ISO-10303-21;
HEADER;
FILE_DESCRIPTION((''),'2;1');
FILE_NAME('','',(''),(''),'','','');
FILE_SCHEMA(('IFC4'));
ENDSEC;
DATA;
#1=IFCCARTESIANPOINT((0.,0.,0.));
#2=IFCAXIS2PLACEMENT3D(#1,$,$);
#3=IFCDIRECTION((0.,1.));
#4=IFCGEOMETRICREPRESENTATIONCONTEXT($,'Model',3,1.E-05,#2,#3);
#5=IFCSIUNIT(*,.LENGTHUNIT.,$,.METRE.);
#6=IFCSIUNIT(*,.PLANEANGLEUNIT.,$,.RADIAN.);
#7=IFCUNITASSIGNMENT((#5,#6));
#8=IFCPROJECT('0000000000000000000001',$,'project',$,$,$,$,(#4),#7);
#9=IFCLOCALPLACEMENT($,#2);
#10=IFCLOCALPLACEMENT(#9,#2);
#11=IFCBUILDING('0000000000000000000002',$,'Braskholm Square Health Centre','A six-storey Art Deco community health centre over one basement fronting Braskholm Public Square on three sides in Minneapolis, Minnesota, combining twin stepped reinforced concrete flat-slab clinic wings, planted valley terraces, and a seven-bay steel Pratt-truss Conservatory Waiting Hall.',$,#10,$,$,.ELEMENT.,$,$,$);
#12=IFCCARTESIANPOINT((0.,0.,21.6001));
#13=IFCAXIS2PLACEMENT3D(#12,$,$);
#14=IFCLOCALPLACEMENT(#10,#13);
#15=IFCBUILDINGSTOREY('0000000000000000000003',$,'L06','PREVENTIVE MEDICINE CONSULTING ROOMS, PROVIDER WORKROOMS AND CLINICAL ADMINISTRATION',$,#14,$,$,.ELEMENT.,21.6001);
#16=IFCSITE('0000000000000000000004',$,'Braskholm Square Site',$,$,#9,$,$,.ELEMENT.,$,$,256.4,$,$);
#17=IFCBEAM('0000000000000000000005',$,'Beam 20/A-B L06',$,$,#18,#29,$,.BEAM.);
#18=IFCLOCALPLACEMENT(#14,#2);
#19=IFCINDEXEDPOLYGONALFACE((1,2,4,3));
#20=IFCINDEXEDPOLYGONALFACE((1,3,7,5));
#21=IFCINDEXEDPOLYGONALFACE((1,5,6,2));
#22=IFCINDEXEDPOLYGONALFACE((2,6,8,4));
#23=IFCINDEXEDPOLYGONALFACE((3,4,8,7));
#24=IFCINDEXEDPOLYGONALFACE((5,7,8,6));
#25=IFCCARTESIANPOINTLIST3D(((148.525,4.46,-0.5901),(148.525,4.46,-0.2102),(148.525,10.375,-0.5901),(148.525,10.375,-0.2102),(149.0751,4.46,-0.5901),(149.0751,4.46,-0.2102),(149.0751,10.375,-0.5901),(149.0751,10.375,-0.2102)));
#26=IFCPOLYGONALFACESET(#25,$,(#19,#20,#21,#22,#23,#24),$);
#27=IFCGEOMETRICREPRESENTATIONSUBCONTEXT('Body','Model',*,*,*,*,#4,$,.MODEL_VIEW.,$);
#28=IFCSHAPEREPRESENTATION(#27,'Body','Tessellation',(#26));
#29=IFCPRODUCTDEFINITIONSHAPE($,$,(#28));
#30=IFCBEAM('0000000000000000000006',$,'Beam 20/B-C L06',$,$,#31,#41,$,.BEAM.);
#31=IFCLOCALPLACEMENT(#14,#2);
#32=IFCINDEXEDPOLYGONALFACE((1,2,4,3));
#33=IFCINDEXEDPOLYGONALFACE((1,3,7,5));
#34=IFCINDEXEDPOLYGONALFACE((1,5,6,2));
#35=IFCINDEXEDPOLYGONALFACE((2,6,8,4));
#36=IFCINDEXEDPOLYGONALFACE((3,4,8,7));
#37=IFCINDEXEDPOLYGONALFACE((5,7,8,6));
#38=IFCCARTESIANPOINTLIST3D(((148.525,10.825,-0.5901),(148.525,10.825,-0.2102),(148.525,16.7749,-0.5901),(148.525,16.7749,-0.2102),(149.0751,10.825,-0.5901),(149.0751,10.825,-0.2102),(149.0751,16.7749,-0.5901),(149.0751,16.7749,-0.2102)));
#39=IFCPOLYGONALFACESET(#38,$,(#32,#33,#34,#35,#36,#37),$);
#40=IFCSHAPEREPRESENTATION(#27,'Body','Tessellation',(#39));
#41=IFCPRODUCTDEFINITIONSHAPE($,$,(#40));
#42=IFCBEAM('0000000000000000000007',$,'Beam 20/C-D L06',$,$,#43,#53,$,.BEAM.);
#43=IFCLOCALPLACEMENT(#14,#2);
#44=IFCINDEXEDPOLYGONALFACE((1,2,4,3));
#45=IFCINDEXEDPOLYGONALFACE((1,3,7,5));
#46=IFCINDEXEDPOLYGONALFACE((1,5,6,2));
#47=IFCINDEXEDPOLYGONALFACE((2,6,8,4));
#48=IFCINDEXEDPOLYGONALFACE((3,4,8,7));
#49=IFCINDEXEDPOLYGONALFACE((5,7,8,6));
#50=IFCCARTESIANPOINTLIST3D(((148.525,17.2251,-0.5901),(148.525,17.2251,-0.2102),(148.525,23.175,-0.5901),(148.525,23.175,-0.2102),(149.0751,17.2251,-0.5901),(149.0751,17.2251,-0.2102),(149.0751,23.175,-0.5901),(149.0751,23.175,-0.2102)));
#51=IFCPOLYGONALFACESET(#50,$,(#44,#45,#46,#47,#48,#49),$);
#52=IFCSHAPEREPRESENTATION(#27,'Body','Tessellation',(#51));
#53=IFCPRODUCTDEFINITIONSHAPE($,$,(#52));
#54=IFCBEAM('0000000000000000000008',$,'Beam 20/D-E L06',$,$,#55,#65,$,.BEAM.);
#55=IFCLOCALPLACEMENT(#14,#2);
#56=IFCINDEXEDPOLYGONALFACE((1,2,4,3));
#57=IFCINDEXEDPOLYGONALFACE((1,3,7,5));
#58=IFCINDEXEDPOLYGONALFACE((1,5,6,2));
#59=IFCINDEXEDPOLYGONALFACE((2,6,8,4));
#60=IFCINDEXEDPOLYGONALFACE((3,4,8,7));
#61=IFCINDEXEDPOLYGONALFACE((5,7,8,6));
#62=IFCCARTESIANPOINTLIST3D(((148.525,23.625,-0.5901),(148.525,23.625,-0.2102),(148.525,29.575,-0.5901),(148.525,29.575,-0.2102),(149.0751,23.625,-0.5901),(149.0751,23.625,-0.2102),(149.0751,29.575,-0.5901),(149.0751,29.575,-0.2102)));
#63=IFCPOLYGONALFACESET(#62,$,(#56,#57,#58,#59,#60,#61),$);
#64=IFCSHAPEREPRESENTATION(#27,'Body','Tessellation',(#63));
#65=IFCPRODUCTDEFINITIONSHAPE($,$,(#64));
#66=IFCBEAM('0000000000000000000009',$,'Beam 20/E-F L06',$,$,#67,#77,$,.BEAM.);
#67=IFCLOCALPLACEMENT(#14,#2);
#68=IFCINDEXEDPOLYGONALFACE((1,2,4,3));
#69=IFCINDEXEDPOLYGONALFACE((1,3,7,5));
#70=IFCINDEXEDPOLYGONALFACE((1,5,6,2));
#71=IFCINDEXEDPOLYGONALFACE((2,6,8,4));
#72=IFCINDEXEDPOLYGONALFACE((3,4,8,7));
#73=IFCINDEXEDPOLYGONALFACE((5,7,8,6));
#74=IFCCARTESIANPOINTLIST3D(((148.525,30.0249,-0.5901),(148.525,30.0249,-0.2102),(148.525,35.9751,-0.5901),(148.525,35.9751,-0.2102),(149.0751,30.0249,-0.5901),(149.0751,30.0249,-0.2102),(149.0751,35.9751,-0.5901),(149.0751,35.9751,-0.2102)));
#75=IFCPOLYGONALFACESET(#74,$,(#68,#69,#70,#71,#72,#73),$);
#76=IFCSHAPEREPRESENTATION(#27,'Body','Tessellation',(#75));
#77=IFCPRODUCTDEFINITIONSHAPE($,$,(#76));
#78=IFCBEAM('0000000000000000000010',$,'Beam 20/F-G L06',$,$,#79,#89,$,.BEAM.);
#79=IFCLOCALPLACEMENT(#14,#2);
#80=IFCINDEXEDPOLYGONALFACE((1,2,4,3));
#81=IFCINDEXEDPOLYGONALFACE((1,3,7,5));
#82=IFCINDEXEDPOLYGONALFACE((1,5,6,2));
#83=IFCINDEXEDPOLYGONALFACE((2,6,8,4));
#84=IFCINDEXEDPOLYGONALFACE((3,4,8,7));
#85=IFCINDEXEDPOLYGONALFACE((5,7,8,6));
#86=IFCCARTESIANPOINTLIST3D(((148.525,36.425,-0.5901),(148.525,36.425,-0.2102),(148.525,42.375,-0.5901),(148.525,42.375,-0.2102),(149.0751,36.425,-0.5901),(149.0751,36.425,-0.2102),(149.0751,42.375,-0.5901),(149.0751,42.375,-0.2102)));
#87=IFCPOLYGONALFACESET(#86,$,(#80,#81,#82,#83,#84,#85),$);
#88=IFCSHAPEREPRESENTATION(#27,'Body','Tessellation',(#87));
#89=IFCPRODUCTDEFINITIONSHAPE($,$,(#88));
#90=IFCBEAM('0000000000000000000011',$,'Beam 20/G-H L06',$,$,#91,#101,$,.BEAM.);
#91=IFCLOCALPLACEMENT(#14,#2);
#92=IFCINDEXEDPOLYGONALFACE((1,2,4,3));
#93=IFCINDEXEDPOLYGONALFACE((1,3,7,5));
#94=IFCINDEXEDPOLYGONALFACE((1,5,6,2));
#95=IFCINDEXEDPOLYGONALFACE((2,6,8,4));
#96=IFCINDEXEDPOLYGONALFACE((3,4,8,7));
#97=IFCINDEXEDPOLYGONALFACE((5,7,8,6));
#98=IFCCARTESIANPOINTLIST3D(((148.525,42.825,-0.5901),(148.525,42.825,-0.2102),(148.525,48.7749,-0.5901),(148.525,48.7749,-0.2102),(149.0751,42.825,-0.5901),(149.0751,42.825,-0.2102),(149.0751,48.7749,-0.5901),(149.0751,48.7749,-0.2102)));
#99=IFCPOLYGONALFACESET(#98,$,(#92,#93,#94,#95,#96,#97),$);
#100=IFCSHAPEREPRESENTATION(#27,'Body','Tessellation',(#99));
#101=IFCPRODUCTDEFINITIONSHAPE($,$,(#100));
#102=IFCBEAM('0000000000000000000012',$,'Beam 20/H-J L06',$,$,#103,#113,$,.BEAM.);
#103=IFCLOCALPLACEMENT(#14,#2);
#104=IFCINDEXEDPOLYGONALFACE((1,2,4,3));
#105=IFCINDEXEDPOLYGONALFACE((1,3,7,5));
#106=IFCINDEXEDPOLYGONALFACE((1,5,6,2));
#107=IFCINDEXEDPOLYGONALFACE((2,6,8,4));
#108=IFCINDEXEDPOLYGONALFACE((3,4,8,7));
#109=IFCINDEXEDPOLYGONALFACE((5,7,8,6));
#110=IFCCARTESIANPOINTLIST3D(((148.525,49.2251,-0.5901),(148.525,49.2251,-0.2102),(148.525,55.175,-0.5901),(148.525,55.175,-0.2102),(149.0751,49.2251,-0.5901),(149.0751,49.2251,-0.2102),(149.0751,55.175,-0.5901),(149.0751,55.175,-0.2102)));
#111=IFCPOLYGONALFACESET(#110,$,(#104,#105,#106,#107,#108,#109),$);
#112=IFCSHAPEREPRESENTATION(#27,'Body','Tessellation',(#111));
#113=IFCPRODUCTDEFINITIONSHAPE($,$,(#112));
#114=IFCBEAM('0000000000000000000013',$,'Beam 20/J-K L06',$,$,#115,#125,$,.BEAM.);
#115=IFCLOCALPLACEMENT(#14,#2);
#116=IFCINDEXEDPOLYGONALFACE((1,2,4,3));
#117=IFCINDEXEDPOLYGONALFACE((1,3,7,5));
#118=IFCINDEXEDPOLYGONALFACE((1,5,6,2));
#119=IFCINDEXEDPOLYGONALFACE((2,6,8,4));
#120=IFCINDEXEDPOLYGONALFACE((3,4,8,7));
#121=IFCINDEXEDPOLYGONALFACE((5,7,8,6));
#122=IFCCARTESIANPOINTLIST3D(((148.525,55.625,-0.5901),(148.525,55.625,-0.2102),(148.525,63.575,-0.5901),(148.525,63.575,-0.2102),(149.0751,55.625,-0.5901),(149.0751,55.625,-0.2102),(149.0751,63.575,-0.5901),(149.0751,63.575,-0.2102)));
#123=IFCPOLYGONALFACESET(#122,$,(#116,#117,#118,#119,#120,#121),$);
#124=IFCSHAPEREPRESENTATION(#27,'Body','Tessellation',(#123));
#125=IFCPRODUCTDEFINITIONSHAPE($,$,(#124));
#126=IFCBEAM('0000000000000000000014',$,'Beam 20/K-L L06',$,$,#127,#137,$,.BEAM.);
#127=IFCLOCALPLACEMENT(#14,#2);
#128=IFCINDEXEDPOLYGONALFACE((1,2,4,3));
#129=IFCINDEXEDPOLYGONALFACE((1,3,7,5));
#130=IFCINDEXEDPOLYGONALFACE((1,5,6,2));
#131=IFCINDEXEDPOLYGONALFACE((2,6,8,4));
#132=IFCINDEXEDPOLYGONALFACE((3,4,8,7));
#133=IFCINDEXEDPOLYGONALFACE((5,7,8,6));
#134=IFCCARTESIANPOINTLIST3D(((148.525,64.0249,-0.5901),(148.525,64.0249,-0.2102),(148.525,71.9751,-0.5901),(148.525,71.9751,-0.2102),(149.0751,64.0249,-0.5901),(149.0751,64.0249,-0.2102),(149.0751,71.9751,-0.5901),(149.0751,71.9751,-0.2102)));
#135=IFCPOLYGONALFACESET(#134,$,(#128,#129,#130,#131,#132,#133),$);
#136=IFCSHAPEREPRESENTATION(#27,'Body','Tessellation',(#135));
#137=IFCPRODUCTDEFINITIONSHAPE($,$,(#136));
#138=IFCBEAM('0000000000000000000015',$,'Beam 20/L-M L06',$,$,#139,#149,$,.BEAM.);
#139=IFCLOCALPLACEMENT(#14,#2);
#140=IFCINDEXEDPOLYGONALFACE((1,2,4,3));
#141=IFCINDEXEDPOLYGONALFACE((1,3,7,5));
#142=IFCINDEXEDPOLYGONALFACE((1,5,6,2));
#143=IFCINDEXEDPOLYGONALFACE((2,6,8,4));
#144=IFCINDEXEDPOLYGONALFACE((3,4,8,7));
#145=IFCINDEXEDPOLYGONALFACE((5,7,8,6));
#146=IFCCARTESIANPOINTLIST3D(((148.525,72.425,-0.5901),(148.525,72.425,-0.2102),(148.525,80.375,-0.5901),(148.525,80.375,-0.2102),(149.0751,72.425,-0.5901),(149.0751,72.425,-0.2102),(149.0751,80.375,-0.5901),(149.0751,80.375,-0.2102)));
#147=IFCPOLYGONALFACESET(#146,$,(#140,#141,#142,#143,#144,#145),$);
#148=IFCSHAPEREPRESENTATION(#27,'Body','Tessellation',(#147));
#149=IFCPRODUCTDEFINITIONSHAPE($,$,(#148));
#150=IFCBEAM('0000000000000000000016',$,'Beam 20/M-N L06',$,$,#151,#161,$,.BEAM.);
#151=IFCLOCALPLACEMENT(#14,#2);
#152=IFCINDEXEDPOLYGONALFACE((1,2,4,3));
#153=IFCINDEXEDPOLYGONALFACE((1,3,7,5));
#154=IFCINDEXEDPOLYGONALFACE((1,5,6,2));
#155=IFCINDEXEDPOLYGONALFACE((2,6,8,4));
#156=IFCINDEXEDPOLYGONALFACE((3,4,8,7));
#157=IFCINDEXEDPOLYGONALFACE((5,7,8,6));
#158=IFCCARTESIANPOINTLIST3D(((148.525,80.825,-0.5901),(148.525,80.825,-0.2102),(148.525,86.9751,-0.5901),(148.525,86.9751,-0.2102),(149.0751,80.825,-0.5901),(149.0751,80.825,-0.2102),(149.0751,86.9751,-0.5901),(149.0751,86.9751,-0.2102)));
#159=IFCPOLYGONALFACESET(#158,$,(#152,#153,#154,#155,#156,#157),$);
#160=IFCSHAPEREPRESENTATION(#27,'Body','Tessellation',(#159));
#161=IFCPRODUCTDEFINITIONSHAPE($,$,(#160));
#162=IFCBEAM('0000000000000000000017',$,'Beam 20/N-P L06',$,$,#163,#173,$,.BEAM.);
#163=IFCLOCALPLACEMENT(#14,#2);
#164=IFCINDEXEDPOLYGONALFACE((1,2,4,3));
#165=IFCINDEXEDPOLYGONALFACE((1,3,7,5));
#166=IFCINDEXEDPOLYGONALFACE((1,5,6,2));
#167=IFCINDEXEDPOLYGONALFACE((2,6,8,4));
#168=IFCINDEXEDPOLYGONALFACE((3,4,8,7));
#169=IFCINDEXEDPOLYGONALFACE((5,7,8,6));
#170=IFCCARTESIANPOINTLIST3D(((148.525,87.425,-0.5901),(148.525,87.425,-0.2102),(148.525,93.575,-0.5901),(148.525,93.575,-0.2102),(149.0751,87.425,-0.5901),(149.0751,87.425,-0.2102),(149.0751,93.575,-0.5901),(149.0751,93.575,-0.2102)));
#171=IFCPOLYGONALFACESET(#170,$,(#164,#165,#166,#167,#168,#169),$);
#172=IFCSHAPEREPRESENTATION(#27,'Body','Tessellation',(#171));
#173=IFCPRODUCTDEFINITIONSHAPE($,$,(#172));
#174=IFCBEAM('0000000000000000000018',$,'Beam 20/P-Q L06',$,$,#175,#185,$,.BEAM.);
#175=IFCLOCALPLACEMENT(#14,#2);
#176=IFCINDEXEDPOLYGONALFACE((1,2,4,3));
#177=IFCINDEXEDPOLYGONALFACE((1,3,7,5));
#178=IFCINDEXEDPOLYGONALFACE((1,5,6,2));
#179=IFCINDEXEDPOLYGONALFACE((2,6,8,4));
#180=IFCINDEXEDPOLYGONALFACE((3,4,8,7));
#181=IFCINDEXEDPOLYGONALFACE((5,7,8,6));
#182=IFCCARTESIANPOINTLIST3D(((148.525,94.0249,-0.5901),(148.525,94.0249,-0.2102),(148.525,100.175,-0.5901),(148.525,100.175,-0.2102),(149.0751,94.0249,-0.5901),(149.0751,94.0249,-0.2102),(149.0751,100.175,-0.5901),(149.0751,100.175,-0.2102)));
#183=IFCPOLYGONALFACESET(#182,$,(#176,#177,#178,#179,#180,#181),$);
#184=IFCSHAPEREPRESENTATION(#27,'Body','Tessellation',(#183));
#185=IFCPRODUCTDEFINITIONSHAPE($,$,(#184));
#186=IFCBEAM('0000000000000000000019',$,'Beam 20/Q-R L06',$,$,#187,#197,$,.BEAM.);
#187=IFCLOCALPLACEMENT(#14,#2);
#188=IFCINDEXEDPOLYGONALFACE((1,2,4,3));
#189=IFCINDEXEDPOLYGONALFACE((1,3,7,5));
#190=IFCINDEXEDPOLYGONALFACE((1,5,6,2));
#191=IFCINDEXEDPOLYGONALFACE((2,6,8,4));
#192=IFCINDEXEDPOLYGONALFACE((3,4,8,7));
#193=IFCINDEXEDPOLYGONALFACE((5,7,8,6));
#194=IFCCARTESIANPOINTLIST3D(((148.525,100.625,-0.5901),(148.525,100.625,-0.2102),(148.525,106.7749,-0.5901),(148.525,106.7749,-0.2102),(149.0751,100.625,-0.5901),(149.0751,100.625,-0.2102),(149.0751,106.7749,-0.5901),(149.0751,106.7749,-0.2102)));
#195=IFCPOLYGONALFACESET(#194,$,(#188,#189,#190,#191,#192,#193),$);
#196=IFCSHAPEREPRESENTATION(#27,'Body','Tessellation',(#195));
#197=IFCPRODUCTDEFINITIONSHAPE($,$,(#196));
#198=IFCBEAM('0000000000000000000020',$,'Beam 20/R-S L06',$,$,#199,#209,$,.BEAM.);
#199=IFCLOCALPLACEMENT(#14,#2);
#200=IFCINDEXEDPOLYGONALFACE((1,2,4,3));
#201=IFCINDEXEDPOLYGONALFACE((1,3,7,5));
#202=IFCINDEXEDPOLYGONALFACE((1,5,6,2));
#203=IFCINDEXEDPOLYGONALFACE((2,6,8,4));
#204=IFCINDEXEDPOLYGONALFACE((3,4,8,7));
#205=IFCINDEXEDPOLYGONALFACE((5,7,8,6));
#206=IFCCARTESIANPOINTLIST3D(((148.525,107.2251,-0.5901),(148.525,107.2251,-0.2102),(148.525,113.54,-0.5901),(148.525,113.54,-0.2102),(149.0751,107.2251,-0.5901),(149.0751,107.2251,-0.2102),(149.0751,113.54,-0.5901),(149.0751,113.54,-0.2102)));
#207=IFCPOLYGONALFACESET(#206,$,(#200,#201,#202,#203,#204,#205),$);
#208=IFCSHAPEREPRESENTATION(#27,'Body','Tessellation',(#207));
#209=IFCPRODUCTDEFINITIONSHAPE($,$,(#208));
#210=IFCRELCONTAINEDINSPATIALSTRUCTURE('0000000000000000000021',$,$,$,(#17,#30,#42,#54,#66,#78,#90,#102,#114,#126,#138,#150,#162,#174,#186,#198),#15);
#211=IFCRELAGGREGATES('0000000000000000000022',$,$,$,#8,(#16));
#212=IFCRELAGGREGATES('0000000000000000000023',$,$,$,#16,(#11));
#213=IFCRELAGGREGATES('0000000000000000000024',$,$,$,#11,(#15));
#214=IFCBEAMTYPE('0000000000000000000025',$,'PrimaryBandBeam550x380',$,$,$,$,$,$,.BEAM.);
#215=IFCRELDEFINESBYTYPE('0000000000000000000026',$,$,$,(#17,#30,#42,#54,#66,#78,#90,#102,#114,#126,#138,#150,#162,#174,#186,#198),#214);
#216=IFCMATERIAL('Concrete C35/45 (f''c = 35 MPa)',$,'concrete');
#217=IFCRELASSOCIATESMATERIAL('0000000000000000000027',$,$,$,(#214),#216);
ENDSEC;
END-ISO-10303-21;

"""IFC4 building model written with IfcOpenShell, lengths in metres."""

from ifc_helpers import new_model, si_unit, direction, frame, origin, origin_2d, place, context, subcontext, project, spatial, rectangle, extrude, material, material_profile, profile_set, type_object, element, save


model = new_model("IFC4")

# Units and contexts
model_context = context("Model", 3, precision=1e-05, world=origin(), true_north=direction((0.0, 1.0)))
body_context = subcontext(model_context, "Body", "Model", "MODEL_VIEW")
ifc_project = project(units=[si_unit("LENGTHUNIT", "METRE"), si_unit("PLANEANGLEUNIT", "RADIAN")], contexts=[model_context])

# Site, building, storey
site_placement = place(None, origin())
site = spatial("IfcSite", under=ifc_project, at=site_placement, Name="Braskholm Square Site", CompositionType="ELEMENT", RefElevation=256.4)
building_placement = place(site_placement, origin())
building = spatial("IfcBuilding", under=site, at=building_placement, Name="Braskholm Square Health Centre", Description="A six-storey Art Deco community health centre over one basement fronting Braskholm Public Square on three sides in Minneapolis, Minnesota, combining twin stepped reinforced concrete flat-slab clinic wings, planted valley terraces, and a seven-bay steel Pratt-truss Conservatory Waiting Hall.", CompositionType="ELEMENT")
storey_placement = place(building_placement, frame((0.0, 0.0, 21.6001)))
storey = spatial("IfcBuildingStorey", under=building, at=storey_placement, Name="L06", Description="PREVENTIVE MEDICINE CONSULTING ROOMS, PROVIDER WORKROOMS AND CLINICAL ADMINISTRATION", CompositionType="ELEMENT", Elevation=21.6001)

# Beams
ifc_material_1 = material(Name="Concrete C35/45 (f'c = 35 MPa)", Category="concrete")
ifc_material_profile_1 = material_profile(ifc_material_1, rectangle(XDim=0.55, YDim=0.3799, at=origin_2d()), Name="RCB-550X380")
ifc_profile_set_1 = profile_set([ifc_material_profile_1], Name="Concrete C35/45 (f'c = 35 MPa)")
beam_type_1 = type_object("IfcBeamType", Name="PrimaryBandBeam550x380", PredefinedType="BEAM", material=ifc_profile_set_1)
beam_1_placement = place(storey_placement, frame((148.8, 4.46, -0.4001), z_axis=(0.0, 1.0, 0.0), x_axis=(-1.0, 0.0, 0.0)))
element("IfcBeam", 1, at=beam_1_placement, inside=storey, type_object=beam_type_1, Name="Beam 20/A-B L06", PredefinedType="BEAM", context=body_context, shape_type="SweptSolid", body=[
    extrude(rectangle(XDim=0.55, YDim=0.3799, at=origin_2d()), origin(), (0.0, 0.0, 1.0), 5.915),
])
for number, where, z_axis, x_axis, name in (
    (2, (148.8, 10.825, -0.4001), (0.0, 1.0, 0.0), (-1.0, 0.0, 0.0), "Beam 20/B-C L06"),
    (3, (148.8, 17.2251, -0.4001), (0.0, 1.0, 0.0), (-1.0, 0.0, 0.0), "Beam 20/C-D L06"),
    (4, (148.8, 23.625, -0.4001), (0.0, 1.0, 0.0), (-1.0, 0.0, 0.0), "Beam 20/D-E L06"),
):
    element("IfcBeam", number, at=place(storey_placement, frame(where, z_axis=z_axis, x_axis=x_axis)), inside=storey, type_object=beam_type_1, Name=name, PredefinedType="BEAM", context=body_context, shape_type="SweptSolid", body=[
        extrude(rectangle(XDim=0.55, YDim=0.3799, at=origin_2d()), origin(), (0.0, 0.0, 1.0), 5.95),
    ])
beam_2_placement = place(storey_placement, frame((148.8, 30.0249, -0.4001), z_axis=(0.0, 1.0, 0.0), x_axis=(-1.0, 0.0, 0.0)))
element("IfcBeam", 5, at=beam_2_placement, inside=storey, type_object=beam_type_1, Name="Beam 20/E-F L06", PredefinedType="BEAM", context=body_context, shape_type="SweptSolid", body=[
    extrude(rectangle(XDim=0.55, YDim=0.3799, at=origin_2d()), origin(), (0.0, 0.0, 1.0), 5.9502),
])
for number, where, z_axis, x_axis, name in (
    (6, (148.8, 36.425, -0.4001), (0.0, 1.0, 0.0), (-1.0, 0.0, 0.0), "Beam 20/F-G L06"),
    (7, (148.8, 42.825, -0.4001), (0.0, 1.0, 0.0), (-1.0, 0.0, 0.0), "Beam 20/G-H L06"),
    (8, (148.8, 49.2251, -0.4001), (0.0, 1.0, 0.0), (-1.0, 0.0, 0.0), "Beam 20/H-J L06"),
):
    element("IfcBeam", number, at=place(storey_placement, frame(where, z_axis=z_axis, x_axis=x_axis)), inside=storey, type_object=beam_type_1, Name=name, PredefinedType="BEAM", context=body_context, shape_type="SweptSolid", body=[
        extrude(rectangle(XDim=0.55, YDim=0.3799, at=origin_2d()), origin(), (0.0, 0.0, 1.0), 5.95),
    ])
beam_3_placement = place(storey_placement, frame((148.8, 55.625, -0.4001), z_axis=(0.0, 1.0, 0.0), x_axis=(-1.0, 0.0, 0.0)))
element("IfcBeam", 9, at=beam_3_placement, inside=storey, type_object=beam_type_1, Name="Beam 20/J-K L06", PredefinedType="BEAM", context=body_context, shape_type="SweptSolid", body=[
    extrude(rectangle(XDim=0.55, YDim=0.3799, at=origin_2d()), origin(), (0.0, 0.0, 1.0), 7.95),
])
beam_4_placement = place(storey_placement, frame((148.8, 64.0249, -0.4001), z_axis=(0.0, 1.0, 0.0), x_axis=(-1.0, 0.0, 0.0)))
element("IfcBeam", 10, at=beam_4_placement, inside=storey, type_object=beam_type_1, Name="Beam 20/K-L L06", PredefinedType="BEAM", context=body_context, shape_type="SweptSolid", body=[
    extrude(rectangle(XDim=0.55, YDim=0.3799, at=origin_2d()), origin(), (0.0, 0.0, 1.0), 7.9502),
])
beam_5_placement = place(storey_placement, frame((148.8, 72.425, -0.4001), z_axis=(0.0, 1.0, 0.0), x_axis=(-1.0, 0.0, 0.0)))
element("IfcBeam", 11, at=beam_5_placement, inside=storey, type_object=beam_type_1, Name="Beam 20/L-M L06", PredefinedType="BEAM", context=body_context, shape_type="SweptSolid", body=[
    extrude(rectangle(XDim=0.55, YDim=0.3799, at=origin_2d()), origin(), (0.0, 0.0, 1.0), 7.95),
])
beam_6_placement = place(storey_placement, frame((148.8, 80.825, -0.4001), z_axis=(0.0, 1.0, 0.0), x_axis=(-1.0, 0.0, 0.0)))
element("IfcBeam", 12, at=beam_6_placement, inside=storey, type_object=beam_type_1, Name="Beam 20/M-N L06", PredefinedType="BEAM", context=body_context, shape_type="SweptSolid", body=[
    extrude(rectangle(XDim=0.55, YDim=0.3799, at=origin_2d()), origin(), (0.0, 0.0, 1.0), 6.1501),
])
beam_7_placement = place(storey_placement, frame((148.8, 87.425, -0.4001), z_axis=(0.0, 1.0, 0.0), x_axis=(-1.0, 0.0, 0.0)))
element("IfcBeam", 13, at=beam_7_placement, inside=storey, type_object=beam_type_1, Name="Beam 20/N-P L06", PredefinedType="BEAM", context=body_context, shape_type="SweptSolid", body=[
    extrude(rectangle(XDim=0.55, YDim=0.3799, at=origin_2d()), origin(), (0.0, 0.0, 1.0), 6.1499),
])
beam_8_placement = place(storey_placement, frame((148.8, 94.0249, -0.4001), z_axis=(0.0, 1.0, 0.0), x_axis=(-1.0, 0.0, 0.0)))
element("IfcBeam", 14, at=beam_8_placement, inside=storey, type_object=beam_type_1, Name="Beam 20/P-Q L06", PredefinedType="BEAM", context=body_context, shape_type="SweptSolid", body=[
    extrude(rectangle(XDim=0.55, YDim=0.3799, at=origin_2d()), origin(), (0.0, 0.0, 1.0), 6.1501),
])
beam_9_placement = place(storey_placement, frame((148.8, 100.625, -0.4001), z_axis=(0.0, 1.0, 0.0), x_axis=(-1.0, 0.0, 0.0)))
element("IfcBeam", 15, at=beam_9_placement, inside=storey, type_object=beam_type_1, Name="Beam 20/Q-R L06", PredefinedType="BEAM", context=body_context, shape_type="SweptSolid", body=[
    extrude(rectangle(XDim=0.55, YDim=0.3799, at=origin_2d()), origin(), (0.0, 0.0, 1.0), 6.1499),
])
beam_10_placement = place(storey_placement, frame((148.8, 107.2251, -0.4001), z_axis=(0.0, 1.0, 0.0), x_axis=(-1.0, 0.0, 0.0)))
element("IfcBeam", 16, at=beam_10_placement, inside=storey, type_object=beam_type_1, Name="Beam 20/R-S L06", PredefinedType="BEAM", context=body_context, shape_type="SweptSolid", body=[
    extrude(rectangle(XDim=0.55, YDim=0.3799, at=origin_2d()), origin(), (0.0, 0.0, 1.0), 6.3149),
])

save(model, "model.ifc")
